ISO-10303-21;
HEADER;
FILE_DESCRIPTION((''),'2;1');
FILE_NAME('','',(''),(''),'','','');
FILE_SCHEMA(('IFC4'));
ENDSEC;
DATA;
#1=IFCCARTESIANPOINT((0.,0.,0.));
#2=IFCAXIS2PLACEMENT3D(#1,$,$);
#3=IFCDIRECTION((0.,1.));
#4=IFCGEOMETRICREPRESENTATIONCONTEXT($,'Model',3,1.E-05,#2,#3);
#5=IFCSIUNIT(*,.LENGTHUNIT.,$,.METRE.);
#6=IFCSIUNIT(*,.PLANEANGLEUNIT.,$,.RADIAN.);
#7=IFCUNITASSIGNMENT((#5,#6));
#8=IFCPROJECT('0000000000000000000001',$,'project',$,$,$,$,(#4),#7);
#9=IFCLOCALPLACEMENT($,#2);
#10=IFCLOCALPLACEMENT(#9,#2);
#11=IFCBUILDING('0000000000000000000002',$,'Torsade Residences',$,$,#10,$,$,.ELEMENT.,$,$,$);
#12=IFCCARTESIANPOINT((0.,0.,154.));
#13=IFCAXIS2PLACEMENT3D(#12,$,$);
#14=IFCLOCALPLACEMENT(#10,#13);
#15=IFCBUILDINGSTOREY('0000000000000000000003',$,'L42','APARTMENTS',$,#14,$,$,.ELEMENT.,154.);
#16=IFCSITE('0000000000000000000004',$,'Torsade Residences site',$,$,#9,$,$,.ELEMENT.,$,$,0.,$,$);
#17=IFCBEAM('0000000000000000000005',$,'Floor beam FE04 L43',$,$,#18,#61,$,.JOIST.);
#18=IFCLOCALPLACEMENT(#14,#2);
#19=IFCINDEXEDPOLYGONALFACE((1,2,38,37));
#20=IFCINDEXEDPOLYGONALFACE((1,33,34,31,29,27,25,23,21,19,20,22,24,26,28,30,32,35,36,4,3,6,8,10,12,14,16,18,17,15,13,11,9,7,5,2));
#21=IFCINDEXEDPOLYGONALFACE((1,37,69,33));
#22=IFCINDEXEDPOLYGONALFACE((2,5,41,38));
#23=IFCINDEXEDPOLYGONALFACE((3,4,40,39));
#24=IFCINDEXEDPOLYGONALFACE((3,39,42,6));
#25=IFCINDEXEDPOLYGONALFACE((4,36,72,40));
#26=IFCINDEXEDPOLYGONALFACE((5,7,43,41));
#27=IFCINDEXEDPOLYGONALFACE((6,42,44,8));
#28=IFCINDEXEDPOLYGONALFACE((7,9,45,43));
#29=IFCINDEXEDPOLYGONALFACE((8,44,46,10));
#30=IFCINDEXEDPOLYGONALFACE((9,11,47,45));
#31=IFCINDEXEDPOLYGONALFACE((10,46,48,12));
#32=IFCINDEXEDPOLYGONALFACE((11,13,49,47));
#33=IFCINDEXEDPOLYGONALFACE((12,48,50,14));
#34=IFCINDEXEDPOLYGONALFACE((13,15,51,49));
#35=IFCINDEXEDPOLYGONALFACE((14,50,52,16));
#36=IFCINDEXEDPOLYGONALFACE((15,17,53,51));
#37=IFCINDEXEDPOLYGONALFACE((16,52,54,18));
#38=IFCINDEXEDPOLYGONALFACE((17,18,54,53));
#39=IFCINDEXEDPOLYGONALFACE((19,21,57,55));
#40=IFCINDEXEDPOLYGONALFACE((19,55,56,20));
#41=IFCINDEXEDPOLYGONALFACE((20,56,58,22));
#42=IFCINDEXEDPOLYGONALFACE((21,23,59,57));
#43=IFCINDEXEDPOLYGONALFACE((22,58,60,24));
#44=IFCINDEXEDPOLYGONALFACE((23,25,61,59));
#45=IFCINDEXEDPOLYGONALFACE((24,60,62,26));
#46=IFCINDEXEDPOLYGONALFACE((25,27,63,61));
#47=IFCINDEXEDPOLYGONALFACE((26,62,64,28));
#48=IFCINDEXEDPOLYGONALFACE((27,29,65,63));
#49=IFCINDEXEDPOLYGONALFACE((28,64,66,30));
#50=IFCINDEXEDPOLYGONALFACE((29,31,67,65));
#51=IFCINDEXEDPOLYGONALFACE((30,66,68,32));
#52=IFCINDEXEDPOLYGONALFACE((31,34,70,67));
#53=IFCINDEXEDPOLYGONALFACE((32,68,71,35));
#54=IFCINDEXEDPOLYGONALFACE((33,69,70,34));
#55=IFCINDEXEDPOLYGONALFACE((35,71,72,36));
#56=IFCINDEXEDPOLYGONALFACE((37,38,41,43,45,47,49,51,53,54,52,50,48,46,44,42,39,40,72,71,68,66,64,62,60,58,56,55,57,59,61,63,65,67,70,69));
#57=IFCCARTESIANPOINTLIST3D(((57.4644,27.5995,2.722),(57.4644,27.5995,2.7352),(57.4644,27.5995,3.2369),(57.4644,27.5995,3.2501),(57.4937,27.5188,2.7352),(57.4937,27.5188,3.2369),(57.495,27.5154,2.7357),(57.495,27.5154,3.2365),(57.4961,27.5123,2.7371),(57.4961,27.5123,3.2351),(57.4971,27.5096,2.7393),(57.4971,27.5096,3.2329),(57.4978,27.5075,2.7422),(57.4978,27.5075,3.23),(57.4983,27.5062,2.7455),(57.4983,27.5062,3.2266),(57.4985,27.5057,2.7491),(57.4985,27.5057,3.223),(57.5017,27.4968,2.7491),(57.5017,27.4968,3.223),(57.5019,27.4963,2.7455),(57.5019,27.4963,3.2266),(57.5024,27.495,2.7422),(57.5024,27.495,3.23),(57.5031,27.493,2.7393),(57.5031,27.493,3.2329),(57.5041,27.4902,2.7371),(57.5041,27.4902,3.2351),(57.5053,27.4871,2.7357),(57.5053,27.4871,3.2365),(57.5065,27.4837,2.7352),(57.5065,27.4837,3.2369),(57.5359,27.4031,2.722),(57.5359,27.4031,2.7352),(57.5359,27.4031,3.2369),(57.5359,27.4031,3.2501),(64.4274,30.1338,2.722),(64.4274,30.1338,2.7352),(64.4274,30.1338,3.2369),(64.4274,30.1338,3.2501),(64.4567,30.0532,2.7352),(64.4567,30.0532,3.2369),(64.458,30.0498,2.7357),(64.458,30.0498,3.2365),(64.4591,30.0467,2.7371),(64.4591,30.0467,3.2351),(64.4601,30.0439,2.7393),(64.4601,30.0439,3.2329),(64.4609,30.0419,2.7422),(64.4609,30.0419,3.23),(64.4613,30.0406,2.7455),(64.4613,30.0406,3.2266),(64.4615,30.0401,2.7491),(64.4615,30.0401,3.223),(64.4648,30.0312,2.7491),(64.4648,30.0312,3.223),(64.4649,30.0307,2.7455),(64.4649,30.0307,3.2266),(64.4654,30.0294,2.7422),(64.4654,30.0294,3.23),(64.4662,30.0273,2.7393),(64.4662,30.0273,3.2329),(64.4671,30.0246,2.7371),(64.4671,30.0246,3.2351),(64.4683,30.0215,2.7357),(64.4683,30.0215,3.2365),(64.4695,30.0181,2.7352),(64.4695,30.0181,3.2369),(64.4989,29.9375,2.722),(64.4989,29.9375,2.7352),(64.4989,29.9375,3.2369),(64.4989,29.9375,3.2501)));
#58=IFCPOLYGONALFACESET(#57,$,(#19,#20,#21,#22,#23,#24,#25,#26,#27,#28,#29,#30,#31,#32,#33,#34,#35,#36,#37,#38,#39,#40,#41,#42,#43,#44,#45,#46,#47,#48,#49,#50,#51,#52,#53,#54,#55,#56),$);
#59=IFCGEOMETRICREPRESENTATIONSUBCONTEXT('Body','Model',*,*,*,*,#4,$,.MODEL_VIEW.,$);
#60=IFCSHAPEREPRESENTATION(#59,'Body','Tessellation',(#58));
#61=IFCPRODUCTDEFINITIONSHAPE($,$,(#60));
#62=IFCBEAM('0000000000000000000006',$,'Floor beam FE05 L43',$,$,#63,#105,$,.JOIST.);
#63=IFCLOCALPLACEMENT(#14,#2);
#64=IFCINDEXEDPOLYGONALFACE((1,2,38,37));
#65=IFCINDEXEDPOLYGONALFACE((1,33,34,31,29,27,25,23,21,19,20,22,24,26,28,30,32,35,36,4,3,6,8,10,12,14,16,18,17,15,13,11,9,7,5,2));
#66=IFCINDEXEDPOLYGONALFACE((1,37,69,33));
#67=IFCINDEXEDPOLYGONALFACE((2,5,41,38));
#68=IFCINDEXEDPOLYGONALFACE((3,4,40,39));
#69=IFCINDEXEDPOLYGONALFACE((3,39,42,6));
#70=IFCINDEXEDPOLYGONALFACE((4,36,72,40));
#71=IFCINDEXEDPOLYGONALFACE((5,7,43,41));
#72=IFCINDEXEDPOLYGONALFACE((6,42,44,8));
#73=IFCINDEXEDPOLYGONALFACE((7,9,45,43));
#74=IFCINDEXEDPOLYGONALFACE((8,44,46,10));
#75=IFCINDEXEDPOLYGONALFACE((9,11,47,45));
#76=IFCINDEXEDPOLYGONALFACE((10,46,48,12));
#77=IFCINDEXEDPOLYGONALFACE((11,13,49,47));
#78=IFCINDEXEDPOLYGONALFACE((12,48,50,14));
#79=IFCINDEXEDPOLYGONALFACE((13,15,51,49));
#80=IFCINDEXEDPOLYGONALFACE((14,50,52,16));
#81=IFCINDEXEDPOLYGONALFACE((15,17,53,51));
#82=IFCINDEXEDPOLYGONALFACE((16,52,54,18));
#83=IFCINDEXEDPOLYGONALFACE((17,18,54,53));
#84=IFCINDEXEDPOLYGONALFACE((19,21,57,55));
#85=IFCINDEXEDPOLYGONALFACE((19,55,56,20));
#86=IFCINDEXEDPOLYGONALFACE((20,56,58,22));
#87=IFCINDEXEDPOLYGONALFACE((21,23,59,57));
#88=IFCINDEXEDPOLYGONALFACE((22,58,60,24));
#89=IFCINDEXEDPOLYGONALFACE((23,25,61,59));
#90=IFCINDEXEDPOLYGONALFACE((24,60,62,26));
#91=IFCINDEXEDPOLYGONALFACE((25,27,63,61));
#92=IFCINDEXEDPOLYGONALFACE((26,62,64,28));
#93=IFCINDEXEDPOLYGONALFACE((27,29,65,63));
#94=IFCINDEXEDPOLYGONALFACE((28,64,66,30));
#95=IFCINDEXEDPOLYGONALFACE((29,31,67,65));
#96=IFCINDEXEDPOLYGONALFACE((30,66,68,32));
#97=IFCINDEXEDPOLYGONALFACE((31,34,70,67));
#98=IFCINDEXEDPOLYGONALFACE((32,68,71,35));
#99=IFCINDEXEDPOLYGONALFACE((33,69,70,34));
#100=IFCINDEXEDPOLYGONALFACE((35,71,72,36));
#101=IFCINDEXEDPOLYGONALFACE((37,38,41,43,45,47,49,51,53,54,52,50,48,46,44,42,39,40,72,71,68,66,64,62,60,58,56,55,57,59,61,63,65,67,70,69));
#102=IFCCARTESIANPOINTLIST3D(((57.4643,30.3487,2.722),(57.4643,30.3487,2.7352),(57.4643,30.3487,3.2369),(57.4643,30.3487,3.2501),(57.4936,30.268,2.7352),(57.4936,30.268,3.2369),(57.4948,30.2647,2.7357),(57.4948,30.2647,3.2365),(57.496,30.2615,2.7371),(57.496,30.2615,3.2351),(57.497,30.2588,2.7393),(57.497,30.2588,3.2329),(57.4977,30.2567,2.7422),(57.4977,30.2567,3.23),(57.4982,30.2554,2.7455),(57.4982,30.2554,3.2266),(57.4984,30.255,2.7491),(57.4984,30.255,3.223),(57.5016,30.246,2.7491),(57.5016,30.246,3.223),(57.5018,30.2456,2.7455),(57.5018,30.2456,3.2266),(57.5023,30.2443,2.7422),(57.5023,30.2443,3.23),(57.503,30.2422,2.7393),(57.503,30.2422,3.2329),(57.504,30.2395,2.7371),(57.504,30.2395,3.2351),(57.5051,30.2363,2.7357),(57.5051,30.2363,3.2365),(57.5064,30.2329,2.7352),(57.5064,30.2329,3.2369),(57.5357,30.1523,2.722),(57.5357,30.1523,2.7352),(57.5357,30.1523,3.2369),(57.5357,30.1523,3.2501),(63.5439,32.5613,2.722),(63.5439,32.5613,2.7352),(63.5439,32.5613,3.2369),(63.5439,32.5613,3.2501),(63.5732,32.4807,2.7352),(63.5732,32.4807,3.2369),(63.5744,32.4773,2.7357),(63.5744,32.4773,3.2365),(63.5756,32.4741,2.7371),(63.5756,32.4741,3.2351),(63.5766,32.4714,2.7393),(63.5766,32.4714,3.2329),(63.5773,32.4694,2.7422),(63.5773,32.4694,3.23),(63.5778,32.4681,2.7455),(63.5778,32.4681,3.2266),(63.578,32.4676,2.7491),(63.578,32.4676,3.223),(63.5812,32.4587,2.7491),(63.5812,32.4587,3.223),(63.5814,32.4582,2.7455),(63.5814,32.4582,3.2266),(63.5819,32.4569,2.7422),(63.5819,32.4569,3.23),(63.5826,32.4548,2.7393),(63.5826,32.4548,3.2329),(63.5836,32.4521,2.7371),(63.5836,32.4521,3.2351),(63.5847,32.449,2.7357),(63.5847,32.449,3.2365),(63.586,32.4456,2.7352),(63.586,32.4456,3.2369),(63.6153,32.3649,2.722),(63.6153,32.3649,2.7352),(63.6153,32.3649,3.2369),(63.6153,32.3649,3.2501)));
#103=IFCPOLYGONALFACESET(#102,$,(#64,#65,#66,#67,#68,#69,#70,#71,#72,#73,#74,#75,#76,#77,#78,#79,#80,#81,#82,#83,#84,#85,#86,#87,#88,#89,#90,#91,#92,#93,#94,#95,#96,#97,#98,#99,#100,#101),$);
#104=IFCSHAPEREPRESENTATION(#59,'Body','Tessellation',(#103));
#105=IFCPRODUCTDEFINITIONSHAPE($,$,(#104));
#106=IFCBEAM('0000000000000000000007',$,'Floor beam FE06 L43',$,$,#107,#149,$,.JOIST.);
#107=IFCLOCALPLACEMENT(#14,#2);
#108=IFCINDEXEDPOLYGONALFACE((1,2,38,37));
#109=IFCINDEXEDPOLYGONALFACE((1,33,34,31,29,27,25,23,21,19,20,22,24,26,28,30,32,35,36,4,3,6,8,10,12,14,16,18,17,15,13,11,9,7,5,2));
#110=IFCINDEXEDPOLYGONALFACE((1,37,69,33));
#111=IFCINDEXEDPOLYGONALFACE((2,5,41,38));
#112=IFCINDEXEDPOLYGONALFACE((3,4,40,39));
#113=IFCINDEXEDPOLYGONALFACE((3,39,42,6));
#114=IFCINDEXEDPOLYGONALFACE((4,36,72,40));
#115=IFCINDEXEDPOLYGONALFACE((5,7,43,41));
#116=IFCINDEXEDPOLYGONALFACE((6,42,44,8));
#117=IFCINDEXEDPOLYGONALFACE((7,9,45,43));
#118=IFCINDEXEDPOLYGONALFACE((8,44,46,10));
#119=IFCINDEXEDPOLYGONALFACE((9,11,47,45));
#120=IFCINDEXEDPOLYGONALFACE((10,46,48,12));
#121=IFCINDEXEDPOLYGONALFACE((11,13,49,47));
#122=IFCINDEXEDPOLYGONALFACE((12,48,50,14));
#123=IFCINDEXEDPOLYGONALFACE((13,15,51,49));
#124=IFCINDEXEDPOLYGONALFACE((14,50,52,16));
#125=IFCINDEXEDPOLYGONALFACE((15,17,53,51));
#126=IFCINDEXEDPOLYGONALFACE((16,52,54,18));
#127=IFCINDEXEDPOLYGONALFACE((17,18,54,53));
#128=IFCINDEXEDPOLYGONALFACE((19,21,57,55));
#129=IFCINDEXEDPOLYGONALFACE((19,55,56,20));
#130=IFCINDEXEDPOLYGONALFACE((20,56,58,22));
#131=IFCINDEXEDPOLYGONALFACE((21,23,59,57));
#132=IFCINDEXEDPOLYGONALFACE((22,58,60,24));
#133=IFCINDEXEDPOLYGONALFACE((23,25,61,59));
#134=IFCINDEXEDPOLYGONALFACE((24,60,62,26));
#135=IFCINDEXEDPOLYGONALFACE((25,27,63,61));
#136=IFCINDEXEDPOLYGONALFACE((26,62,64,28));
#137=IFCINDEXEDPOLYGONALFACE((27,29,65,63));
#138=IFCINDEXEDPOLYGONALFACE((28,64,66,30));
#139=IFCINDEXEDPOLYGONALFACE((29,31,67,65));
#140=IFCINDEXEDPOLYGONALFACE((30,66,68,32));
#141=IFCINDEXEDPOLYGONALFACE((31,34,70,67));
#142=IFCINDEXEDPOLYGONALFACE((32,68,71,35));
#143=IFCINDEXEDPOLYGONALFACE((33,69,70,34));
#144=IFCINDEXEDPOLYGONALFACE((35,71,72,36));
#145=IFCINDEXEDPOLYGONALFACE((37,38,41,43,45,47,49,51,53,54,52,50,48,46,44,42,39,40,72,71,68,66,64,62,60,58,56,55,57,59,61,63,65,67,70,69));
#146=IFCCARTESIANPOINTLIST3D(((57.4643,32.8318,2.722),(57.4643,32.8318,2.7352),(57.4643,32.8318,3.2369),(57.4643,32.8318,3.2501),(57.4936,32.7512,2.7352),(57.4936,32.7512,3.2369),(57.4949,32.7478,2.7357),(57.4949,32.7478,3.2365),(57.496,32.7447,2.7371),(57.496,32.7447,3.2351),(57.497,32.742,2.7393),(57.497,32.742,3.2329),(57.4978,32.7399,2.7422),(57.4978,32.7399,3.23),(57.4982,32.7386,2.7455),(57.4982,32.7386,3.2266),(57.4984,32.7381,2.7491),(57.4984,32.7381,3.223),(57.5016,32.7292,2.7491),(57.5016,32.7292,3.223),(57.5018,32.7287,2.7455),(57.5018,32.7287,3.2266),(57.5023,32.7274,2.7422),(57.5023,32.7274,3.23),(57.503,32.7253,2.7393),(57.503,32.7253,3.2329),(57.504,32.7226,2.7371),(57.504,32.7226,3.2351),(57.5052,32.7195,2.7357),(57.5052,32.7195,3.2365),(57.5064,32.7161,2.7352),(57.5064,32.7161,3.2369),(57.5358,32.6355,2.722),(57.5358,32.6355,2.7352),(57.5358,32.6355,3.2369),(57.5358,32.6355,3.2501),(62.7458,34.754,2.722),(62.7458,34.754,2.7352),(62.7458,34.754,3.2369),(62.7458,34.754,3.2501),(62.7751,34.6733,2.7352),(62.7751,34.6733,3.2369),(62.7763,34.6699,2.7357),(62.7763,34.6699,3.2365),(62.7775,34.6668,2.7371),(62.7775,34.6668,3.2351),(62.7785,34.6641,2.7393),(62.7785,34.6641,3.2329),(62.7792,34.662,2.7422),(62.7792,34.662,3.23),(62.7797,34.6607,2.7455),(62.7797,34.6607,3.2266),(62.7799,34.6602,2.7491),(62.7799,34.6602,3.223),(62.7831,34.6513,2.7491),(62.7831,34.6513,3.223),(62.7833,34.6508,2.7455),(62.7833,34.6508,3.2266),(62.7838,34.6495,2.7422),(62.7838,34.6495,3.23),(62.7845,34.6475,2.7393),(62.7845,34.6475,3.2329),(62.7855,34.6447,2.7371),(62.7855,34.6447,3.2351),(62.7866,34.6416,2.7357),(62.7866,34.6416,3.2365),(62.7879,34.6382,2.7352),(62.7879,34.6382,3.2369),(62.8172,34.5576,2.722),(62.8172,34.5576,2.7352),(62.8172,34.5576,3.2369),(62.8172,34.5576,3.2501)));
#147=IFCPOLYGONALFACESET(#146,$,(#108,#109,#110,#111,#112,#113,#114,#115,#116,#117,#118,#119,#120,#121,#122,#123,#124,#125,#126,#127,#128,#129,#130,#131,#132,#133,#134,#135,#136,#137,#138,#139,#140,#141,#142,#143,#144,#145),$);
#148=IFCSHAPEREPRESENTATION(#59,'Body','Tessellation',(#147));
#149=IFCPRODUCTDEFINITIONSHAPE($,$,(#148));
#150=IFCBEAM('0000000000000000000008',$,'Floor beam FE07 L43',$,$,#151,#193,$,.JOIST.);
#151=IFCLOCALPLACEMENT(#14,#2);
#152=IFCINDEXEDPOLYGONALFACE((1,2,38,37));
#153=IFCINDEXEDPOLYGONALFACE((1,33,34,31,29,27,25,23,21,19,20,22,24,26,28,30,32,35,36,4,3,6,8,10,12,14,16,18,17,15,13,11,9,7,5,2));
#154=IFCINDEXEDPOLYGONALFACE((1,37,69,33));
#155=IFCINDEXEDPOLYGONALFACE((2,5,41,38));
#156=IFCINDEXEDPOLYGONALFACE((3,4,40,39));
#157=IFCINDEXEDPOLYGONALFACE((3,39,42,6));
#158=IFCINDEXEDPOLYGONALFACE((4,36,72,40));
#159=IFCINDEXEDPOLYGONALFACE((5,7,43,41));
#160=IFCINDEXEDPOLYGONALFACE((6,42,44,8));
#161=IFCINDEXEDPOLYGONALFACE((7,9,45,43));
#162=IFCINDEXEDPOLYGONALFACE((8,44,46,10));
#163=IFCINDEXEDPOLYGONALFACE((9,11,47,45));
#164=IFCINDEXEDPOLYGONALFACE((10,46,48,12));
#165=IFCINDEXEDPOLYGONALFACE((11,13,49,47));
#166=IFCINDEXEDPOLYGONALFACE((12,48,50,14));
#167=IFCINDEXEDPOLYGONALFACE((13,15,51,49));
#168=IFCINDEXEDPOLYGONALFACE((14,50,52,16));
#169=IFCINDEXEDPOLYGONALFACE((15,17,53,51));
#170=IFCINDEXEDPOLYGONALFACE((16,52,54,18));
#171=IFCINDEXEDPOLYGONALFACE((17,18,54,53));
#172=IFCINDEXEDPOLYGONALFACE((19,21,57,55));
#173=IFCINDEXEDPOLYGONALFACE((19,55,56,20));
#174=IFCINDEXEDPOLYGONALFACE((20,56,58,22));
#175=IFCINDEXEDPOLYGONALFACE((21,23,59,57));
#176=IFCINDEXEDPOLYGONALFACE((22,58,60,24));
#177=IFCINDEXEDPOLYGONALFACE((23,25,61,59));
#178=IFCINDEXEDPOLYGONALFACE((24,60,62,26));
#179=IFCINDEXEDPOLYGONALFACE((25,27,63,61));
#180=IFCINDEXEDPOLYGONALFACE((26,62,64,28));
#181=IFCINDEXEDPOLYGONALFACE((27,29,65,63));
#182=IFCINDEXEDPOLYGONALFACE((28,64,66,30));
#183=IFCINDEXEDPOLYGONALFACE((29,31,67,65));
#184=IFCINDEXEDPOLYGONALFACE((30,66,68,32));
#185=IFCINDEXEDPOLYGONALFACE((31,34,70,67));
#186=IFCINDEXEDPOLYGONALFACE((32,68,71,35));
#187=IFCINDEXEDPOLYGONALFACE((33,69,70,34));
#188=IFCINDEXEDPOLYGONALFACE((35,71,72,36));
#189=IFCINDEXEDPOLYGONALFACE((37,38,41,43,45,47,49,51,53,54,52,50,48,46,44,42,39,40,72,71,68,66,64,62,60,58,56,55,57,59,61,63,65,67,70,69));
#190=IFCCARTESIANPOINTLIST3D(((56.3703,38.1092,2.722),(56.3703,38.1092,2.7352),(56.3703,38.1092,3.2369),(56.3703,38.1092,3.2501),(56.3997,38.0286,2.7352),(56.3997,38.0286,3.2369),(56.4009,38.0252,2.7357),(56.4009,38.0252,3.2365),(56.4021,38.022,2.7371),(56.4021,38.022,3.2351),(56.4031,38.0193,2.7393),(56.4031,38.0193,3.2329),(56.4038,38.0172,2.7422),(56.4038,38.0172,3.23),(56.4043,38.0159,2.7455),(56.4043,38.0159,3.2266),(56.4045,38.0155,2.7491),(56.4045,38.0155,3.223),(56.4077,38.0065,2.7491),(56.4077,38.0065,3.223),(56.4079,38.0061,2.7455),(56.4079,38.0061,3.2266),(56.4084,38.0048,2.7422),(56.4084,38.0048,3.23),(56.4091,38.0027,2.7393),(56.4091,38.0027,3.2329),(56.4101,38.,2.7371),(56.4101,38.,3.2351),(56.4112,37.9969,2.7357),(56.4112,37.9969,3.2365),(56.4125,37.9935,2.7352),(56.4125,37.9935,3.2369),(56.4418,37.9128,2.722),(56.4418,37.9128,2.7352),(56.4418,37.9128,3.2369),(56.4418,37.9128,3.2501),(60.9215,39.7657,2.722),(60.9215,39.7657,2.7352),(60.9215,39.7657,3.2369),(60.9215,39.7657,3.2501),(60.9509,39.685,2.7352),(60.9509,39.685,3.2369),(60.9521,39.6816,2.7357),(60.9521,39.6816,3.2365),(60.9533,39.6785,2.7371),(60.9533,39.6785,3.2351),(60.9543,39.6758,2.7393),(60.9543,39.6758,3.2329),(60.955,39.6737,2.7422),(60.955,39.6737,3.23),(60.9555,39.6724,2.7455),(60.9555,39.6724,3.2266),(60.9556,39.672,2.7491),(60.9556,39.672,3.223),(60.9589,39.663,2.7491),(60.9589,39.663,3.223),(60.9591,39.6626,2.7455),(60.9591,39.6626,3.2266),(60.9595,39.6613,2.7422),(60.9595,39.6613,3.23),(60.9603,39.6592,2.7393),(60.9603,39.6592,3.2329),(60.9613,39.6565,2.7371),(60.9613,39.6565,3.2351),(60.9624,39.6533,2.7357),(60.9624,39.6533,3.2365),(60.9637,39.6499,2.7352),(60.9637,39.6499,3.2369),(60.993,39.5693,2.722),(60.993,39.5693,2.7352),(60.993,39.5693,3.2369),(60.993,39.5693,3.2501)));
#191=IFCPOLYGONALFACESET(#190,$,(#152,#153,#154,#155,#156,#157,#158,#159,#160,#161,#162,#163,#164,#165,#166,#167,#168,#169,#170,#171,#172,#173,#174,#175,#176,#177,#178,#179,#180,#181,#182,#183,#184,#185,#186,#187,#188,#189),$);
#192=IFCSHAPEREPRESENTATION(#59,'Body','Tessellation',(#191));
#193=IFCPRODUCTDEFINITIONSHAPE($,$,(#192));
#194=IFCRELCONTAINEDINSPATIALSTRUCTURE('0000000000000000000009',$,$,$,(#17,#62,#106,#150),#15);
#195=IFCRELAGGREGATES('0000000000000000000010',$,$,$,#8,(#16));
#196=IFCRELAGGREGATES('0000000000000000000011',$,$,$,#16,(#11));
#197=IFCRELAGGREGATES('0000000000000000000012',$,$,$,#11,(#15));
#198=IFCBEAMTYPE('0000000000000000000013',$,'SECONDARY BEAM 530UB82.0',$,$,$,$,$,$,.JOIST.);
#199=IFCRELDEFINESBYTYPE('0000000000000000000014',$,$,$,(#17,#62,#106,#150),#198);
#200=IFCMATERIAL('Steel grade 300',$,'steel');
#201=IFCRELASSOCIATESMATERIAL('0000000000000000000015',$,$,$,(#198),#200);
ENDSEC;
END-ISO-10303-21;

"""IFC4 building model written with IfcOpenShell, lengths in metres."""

from ifc_helpers import new_model, si_unit, direction, frame, origin, origin_2d, place, context, subcontext, project, spatial, i_section, extrude, material, material_profile, profile_set, type_object, element, save


model = new_model("IFC4")

# Units and contexts
model_context = context("Model", 3, precision=1e-05, world=origin(), true_north=direction((0.0, 1.0)))
body_context = subcontext(model_context, "Body", "Model", "MODEL_VIEW")
ifc_project = project(units=[si_unit("LENGTHUNIT", "METRE"), si_unit("PLANEANGLEUNIT", "RADIAN")], contexts=[model_context])

# Site, building, storey
site_placement = place(None, origin())
site = spatial("IfcSite", under=ifc_project, at=site_placement, Name="Torsade Residences site", CompositionType="ELEMENT", RefElevation=0.0)
building_placement = place(site_placement, origin())
building = spatial("IfcBuilding", under=site, at=building_placement, Name="Torsade Residences", CompositionType="ELEMENT")
storey_placement = place(building_placement, frame((0.0, 0.0, 154.0)))
storey = spatial("IfcBuildingStorey", under=building, at=storey_placement, Name="L42", Description="APARTMENTS", CompositionType="ELEMENT", Elevation=154.0)

# Beams
ifc_material_1 = material(Name="Steel grade 300", Category="steel")
ifc_material_profile_1 = material_profile(ifc_material_1, i_section(OverallWidth=0.209, OverallDepth=0.5281, WebThickness=0.0095, FlangeThickness=0.0132, FilletRadius=0.0139, at=origin_2d()), Name="530UB82.0")
ifc_profile_set_1 = profile_set([ifc_material_profile_1], Name="Steel grade 300")
beam_type_1 = type_object("IfcBeamType", Name="SECONDARY BEAM 530UB82.0", PredefinedType="JOIST", material=ifc_profile_set_1)
beam_1_placement = place(storey_placement, frame((64.4631, 30.0356, 2.9861), z_axis=(-0.93969, -0.342026, 0.0), x_axis=(0.342026, -0.93969, 0.0)))
element("IfcBeam", 1, at=beam_1_placement, inside=storey, type_object=beam_type_1, Name="Floor beam FE04 L43", PredefinedType="JOIST", context=body_context, shape_type="SweptSolid", body=[
    extrude(i_section(OverallWidth=0.209, OverallDepth=0.5281, WebThickness=0.0095, FlangeThickness=0.0132, FilletRadius=0.0139, at=origin_2d()), origin(), (0.0, 0.0, 1.0), 7.4099),
])
beam_2_placement = place(storey_placement, frame((63.5796, 32.4631, 2.9861), z_axis=(-0.9397, -0.342001, 0.0), x_axis=(0.342001, -0.9397, 0.0)))
element("IfcBeam", 2, at=beam_2_placement, inside=storey, type_object=beam_type_1, Name="Floor beam FE05 L43", PredefinedType="JOIST", context=body_context, shape_type="SweptSolid", body=[
    extrude(i_section(OverallWidth=0.209, OverallDepth=0.5281, WebThickness=0.0095, FlangeThickness=0.0132, FilletRadius=0.0139, at=origin_2d()), origin(), (0.0, 0.0, 1.0), 6.4697),
])
beam_3_placement = place(storey_placement, frame((62.7815, 34.6558, 2.9861), z_axis=(-0.939703, -0.341991, 0.0), x_axis=(0.341991, -0.939703, 0.0)))
element("IfcBeam", 3, at=beam_3_placement, inside=storey, type_object=beam_type_1, Name="Floor beam FE06 L43", PredefinedType="JOIST", context=body_context, shape_type="SweptSolid", body=[
    extrude(i_section(OverallWidth=0.209, OverallDepth=0.5281, WebThickness=0.0095, FlangeThickness=0.0132, FilletRadius=0.0139, at=origin_2d()), origin(), (0.0, 0.0, 1.0), 5.6204),
])
beam_4_placement = place(storey_placement, frame((60.9573, 39.6675, 2.9861), z_axis=(-0.939695, -0.342014, 0.0), x_axis=(0.342014, -0.939695, 0.0)))
element("IfcBeam", 4, at=beam_4_placement, inside=storey, type_object=beam_type_1, Name="Floor beam FE07 L43", PredefinedType="JOIST", context=body_context, shape_type="SweptSolid", body=[
    extrude(i_section(OverallWidth=0.209, OverallDepth=0.5281, WebThickness=0.0095, FlangeThickness=0.0132, FilletRadius=0.0139, at=origin_2d()), origin(), (0.0, 0.0, 1.0), 4.8433),
])

save(model, "model.ifc")
